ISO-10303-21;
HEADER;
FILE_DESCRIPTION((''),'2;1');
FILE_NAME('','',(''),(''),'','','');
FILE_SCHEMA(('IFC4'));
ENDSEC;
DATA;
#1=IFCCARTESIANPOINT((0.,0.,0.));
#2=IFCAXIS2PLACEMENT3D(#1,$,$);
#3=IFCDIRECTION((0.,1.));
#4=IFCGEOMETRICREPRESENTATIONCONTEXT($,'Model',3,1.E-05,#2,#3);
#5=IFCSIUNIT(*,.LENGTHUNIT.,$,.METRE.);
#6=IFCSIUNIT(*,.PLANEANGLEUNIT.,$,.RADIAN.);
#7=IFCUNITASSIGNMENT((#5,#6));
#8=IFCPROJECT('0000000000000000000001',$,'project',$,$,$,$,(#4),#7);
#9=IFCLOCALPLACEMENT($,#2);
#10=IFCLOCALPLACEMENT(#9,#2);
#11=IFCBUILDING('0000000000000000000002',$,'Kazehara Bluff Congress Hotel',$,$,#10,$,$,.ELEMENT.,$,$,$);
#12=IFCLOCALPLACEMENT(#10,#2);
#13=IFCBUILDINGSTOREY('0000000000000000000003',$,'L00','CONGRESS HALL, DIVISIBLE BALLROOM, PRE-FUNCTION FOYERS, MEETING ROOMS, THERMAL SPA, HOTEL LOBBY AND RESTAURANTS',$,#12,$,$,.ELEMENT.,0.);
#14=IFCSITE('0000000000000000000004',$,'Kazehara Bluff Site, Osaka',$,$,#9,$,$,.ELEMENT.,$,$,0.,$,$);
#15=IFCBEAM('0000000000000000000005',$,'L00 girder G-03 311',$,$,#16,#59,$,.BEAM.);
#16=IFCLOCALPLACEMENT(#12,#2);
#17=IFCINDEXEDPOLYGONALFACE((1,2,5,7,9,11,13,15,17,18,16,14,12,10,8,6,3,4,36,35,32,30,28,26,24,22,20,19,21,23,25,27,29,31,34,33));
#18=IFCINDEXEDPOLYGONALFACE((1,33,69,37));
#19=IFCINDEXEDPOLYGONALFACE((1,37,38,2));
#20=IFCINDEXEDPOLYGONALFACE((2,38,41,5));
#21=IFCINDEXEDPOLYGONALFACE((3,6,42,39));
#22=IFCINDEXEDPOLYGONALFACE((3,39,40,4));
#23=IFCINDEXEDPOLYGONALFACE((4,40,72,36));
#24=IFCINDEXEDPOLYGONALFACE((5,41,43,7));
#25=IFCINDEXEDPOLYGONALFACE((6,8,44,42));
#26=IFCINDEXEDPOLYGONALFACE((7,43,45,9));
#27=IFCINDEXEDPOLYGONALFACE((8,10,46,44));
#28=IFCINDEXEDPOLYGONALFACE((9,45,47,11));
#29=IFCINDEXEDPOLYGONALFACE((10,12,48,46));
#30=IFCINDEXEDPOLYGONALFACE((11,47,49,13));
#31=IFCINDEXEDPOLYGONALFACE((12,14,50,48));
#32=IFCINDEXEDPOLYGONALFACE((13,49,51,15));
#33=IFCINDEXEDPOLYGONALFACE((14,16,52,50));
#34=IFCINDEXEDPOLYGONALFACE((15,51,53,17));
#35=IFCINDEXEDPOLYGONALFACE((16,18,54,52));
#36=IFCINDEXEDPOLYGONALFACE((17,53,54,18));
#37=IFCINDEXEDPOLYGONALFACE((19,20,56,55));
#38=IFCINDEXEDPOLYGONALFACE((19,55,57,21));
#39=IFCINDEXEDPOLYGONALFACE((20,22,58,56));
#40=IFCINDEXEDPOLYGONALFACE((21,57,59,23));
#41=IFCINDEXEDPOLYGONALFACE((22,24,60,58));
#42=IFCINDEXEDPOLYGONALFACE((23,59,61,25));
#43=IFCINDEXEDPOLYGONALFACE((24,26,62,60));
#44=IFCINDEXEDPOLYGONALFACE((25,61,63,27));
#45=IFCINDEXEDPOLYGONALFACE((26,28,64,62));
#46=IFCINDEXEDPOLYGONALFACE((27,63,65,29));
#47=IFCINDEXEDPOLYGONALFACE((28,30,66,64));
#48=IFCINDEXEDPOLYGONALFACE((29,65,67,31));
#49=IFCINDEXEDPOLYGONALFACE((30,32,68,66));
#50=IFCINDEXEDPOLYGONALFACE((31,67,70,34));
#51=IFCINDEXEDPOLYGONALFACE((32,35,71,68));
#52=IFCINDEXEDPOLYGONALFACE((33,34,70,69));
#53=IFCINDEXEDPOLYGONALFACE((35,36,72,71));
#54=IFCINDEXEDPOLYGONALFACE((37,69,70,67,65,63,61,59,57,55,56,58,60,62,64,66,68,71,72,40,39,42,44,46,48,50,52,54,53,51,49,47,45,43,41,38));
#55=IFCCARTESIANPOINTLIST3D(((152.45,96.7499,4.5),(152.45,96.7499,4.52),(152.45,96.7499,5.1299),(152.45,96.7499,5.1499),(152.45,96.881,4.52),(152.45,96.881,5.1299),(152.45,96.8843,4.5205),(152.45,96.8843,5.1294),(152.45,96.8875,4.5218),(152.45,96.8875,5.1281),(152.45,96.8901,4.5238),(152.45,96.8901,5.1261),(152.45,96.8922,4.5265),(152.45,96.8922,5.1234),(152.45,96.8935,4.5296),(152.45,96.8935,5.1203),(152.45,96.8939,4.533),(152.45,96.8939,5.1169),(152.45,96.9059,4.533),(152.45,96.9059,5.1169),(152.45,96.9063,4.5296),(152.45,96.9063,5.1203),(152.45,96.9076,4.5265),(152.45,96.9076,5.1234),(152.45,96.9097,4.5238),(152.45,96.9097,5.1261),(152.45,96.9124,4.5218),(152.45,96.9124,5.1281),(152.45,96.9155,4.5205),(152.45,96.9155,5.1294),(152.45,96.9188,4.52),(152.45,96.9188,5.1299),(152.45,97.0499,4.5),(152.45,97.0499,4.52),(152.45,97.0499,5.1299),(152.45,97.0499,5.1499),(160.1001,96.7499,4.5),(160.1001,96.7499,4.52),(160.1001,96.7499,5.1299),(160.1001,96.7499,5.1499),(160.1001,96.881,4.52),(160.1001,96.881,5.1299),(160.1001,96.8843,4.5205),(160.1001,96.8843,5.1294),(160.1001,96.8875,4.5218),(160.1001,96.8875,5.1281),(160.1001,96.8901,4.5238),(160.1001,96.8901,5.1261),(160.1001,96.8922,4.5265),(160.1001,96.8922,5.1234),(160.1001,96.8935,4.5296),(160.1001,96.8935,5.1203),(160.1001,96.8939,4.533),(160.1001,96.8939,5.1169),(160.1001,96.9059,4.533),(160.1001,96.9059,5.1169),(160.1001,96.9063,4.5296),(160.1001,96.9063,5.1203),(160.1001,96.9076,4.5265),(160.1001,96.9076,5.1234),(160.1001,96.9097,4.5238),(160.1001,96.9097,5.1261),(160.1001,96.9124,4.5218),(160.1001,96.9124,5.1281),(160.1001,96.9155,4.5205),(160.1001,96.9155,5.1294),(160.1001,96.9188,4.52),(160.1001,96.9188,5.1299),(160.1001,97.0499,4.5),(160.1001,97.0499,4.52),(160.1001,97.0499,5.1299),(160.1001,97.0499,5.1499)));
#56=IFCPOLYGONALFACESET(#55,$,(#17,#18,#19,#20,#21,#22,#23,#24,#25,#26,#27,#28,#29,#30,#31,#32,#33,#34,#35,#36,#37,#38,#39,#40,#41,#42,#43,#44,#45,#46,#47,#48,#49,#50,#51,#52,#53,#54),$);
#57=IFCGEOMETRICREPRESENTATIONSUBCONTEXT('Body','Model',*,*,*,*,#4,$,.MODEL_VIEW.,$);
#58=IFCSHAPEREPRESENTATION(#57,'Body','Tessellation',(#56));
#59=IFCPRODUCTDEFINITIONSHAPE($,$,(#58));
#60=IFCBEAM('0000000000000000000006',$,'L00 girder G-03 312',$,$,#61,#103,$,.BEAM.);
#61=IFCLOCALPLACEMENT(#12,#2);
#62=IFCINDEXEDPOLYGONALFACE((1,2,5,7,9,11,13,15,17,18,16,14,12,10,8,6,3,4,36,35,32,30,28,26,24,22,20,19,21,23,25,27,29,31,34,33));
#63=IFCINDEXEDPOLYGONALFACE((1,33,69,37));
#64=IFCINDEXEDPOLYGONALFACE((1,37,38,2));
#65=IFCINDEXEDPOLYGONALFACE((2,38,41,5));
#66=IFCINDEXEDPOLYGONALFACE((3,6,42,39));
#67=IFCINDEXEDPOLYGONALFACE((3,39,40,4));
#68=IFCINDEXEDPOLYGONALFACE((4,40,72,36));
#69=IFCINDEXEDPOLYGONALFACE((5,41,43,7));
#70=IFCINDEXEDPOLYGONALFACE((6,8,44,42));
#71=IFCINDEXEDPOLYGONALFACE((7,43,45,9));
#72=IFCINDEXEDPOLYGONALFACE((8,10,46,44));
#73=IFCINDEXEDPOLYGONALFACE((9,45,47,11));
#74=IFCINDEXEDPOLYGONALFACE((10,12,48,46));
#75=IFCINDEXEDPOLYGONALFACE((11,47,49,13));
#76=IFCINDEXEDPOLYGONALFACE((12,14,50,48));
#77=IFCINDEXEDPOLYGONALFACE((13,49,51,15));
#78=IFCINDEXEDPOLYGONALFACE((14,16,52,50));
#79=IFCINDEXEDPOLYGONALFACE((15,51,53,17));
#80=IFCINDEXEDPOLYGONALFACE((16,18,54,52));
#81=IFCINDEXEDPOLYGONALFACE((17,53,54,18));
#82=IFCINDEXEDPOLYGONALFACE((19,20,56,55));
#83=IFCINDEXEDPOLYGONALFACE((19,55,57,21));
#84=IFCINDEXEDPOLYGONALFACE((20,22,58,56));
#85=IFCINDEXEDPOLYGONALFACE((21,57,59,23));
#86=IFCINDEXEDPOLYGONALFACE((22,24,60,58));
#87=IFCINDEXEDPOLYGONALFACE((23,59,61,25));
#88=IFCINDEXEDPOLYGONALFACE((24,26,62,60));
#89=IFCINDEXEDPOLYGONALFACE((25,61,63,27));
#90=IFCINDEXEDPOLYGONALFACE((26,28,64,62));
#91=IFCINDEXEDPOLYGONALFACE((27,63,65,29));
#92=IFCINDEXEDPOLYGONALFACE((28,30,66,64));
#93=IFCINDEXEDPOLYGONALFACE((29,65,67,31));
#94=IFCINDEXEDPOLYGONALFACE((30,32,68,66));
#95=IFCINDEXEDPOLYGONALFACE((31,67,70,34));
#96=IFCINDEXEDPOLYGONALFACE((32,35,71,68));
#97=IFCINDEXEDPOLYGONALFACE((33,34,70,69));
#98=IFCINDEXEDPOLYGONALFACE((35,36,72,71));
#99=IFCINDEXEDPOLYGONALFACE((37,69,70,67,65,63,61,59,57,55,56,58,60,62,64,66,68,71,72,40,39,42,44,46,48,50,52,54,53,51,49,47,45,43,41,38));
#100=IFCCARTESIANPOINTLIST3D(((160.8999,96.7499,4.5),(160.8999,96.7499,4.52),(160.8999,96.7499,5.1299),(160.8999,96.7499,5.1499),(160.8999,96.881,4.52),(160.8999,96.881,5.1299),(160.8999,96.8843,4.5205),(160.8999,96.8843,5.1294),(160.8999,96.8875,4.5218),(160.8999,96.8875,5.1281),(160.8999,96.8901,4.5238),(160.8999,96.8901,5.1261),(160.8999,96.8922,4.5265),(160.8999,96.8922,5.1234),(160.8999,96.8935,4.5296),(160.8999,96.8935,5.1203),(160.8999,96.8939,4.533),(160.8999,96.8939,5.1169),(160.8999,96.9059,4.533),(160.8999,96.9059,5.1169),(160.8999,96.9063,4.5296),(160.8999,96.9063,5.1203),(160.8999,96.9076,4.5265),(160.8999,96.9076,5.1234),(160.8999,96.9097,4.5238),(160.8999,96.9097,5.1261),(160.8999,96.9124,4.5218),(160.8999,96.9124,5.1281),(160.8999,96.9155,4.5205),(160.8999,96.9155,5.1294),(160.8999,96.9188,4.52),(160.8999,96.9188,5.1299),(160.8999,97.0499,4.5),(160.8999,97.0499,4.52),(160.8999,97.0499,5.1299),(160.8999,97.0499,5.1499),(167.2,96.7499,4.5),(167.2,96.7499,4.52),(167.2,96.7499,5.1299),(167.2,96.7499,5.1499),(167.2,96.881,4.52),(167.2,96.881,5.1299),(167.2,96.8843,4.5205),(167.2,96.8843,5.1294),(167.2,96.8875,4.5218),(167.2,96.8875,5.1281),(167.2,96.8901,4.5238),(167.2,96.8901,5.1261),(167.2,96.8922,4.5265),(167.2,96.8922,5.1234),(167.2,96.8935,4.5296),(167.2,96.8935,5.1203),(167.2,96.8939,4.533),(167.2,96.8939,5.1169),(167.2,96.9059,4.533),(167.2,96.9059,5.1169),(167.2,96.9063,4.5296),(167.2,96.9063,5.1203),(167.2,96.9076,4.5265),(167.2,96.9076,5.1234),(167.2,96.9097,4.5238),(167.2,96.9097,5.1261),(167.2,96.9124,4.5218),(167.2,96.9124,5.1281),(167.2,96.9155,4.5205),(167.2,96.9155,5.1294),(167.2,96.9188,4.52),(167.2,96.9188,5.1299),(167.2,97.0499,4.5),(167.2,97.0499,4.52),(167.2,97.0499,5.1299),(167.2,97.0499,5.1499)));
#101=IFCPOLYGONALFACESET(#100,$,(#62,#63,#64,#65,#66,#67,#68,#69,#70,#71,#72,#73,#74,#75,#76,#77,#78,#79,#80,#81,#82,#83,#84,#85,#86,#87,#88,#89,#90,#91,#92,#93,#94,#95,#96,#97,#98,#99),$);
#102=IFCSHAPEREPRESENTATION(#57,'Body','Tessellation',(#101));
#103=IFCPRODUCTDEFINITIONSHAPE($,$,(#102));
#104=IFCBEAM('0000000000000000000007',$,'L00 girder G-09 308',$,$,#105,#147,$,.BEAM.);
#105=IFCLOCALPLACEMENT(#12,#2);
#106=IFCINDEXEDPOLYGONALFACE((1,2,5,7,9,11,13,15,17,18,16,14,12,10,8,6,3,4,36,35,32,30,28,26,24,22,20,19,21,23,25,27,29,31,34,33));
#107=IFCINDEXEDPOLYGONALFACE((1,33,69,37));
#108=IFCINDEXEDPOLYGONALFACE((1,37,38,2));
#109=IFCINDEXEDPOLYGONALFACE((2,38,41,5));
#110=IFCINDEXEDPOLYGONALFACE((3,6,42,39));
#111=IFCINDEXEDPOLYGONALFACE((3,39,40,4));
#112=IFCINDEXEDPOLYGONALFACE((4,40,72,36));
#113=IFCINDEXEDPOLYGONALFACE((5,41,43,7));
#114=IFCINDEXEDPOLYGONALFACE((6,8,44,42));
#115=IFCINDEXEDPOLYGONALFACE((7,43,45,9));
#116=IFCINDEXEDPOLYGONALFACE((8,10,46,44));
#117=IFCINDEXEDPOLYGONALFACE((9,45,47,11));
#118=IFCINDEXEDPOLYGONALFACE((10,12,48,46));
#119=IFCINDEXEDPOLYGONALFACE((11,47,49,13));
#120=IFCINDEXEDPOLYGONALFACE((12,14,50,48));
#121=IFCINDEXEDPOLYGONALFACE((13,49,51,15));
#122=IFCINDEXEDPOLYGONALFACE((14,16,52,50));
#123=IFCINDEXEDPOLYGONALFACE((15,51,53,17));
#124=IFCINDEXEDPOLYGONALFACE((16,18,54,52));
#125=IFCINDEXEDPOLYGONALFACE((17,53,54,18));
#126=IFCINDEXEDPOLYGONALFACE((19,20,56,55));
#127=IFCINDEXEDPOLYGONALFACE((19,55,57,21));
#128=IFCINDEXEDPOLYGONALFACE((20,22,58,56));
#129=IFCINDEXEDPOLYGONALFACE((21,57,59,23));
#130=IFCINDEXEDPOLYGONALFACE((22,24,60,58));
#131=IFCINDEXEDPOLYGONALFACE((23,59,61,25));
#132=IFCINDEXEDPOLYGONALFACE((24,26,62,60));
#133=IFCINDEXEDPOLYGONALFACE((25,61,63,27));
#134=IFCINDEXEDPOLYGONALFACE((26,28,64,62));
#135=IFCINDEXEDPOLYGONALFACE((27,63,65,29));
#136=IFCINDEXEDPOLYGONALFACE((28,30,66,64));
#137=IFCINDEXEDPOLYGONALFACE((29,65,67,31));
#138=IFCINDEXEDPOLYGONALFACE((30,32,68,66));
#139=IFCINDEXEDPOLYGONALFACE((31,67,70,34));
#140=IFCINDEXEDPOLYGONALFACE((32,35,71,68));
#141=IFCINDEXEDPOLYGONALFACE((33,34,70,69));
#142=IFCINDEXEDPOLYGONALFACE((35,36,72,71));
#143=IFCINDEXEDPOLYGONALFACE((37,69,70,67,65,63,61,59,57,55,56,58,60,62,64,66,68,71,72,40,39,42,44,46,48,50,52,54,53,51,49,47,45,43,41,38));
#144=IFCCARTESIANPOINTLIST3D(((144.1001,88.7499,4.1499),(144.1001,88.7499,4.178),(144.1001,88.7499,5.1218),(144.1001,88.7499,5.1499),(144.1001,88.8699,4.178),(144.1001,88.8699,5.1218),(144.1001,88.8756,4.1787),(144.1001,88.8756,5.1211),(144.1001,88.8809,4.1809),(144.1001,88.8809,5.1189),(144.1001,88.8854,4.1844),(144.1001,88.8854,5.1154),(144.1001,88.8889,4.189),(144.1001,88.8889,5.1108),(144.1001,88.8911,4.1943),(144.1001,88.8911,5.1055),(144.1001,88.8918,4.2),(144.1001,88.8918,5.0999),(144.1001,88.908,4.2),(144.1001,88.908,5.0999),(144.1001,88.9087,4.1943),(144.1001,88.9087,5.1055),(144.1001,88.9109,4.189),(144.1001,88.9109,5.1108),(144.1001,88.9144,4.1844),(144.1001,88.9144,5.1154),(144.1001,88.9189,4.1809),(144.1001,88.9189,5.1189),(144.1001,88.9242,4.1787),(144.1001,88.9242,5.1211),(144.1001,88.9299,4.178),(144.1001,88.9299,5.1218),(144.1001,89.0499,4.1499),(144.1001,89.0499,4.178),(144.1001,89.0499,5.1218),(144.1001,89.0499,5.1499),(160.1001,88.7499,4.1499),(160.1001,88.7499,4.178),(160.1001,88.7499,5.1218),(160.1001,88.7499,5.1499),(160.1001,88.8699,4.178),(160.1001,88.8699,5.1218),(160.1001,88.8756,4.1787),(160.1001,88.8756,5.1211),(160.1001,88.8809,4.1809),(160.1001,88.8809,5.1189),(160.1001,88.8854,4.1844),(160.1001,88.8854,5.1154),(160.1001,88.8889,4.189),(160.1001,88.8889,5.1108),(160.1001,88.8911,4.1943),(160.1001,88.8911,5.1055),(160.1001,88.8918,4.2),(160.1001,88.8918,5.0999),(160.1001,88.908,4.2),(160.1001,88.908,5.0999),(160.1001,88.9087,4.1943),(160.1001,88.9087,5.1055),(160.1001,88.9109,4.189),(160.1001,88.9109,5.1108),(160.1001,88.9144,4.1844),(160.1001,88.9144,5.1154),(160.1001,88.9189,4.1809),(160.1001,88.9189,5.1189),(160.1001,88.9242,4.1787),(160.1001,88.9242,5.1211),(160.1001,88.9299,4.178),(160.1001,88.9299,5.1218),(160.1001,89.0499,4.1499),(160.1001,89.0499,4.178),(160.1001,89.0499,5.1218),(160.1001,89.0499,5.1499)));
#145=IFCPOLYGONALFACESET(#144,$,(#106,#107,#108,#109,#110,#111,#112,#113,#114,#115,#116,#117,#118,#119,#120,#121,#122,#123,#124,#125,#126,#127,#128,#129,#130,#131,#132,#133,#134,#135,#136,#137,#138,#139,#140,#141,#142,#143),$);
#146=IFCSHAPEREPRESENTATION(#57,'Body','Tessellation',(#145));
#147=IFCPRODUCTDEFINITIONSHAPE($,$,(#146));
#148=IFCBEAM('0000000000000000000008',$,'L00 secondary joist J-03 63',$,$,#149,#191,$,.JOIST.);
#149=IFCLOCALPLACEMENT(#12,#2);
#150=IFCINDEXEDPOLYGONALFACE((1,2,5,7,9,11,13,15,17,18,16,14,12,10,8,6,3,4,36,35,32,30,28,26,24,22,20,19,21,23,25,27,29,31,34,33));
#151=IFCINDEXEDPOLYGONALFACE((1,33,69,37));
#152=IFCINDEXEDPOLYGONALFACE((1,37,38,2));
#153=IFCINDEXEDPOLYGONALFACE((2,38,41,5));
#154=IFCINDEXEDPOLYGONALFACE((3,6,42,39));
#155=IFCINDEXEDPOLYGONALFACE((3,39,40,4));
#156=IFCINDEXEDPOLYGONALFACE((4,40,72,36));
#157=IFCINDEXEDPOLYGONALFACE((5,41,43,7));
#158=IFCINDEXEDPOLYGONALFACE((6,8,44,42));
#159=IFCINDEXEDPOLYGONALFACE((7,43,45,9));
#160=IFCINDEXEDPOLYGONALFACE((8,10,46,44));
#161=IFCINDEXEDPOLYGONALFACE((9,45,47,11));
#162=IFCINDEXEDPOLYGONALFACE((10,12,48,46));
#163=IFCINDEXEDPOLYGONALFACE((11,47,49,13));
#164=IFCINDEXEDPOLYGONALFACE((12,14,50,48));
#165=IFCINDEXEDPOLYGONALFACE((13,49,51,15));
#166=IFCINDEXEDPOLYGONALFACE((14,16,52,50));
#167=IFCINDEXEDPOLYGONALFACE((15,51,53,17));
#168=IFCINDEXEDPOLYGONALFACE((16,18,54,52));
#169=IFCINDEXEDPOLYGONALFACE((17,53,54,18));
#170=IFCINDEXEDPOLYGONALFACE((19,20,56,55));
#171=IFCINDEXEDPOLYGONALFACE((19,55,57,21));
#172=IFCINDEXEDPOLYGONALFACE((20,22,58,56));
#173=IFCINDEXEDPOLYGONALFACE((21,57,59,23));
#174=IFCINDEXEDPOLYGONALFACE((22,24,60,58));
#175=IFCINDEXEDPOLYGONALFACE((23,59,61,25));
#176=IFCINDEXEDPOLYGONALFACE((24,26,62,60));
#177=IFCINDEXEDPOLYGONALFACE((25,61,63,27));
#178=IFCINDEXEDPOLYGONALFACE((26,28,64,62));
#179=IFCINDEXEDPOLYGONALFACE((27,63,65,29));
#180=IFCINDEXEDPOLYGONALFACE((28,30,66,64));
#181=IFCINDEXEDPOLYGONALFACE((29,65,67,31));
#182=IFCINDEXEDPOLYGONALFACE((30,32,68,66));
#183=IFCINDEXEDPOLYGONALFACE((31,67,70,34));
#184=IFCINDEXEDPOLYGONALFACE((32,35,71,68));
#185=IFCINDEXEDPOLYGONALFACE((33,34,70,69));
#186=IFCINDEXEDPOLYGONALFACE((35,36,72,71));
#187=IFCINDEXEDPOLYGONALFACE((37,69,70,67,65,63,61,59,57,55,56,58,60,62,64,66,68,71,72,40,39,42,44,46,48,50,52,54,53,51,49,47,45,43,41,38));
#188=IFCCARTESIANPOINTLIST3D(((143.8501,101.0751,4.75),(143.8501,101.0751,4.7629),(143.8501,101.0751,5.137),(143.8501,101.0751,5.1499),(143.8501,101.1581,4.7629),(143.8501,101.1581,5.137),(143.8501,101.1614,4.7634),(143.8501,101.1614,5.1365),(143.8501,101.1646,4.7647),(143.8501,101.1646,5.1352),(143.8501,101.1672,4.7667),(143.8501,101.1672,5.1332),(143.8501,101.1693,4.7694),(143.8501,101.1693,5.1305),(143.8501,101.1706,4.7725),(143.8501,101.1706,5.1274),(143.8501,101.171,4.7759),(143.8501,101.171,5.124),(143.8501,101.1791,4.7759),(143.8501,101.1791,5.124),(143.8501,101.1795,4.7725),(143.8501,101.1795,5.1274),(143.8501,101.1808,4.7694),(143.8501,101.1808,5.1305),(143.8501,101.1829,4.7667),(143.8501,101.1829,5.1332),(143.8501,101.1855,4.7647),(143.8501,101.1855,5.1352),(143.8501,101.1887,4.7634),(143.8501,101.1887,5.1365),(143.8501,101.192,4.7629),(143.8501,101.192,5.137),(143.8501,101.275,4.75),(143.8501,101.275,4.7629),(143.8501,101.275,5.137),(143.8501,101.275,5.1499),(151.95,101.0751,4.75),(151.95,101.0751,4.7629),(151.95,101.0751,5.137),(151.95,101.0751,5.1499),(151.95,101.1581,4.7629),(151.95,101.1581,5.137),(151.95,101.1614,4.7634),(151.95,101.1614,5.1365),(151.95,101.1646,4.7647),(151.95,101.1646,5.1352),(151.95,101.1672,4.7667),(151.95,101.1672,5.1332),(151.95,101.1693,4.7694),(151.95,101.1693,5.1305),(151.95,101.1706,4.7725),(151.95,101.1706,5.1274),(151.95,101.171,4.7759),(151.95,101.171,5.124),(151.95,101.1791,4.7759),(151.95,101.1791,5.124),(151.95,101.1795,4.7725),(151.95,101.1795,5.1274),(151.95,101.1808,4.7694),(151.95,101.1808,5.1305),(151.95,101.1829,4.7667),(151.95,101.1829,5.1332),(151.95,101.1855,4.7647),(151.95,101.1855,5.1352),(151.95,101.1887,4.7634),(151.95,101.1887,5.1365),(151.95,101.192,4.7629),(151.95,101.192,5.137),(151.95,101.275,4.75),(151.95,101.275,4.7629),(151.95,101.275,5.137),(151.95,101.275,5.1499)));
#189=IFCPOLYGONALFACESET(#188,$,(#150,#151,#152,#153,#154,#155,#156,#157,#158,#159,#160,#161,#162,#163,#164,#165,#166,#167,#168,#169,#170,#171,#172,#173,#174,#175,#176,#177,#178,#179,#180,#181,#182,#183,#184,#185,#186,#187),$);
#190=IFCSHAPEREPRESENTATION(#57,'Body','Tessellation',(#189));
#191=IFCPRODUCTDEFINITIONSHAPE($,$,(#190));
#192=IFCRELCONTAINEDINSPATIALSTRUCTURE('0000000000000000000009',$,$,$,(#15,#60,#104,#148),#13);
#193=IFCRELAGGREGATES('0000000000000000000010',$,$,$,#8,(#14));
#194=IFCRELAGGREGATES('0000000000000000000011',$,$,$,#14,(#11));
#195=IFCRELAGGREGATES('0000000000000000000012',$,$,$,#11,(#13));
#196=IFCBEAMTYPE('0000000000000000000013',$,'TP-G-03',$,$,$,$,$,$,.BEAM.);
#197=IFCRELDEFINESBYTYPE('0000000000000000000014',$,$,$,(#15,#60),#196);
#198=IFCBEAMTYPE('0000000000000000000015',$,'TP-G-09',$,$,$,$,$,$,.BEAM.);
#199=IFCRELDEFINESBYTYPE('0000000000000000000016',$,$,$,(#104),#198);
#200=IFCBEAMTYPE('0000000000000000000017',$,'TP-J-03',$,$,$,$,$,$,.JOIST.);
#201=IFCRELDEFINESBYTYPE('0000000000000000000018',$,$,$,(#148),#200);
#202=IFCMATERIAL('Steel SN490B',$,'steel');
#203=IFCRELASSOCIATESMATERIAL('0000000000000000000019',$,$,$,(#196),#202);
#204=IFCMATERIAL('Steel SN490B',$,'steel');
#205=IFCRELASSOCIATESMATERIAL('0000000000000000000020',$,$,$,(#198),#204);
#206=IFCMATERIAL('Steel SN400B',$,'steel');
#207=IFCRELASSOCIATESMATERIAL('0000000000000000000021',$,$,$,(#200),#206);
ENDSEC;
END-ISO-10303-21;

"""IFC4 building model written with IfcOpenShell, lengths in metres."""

from ifc_helpers import new_model, si_unit, direction, frame, origin, origin_2d, place, context, subcontext, project, spatial, i_section, extrude, material, material_profile, profile_set, type_object, element, save


model = new_model("IFC4")

# Units and contexts
model_context = context("Model", 3, precision=1e-05, world=origin(), true_north=direction((0.0, 1.0)))
body_context = subcontext(model_context, "Body", "Model", "MODEL_VIEW")
ifc_project = project(units=[si_unit("LENGTHUNIT", "METRE"), si_unit("PLANEANGLEUNIT", "RADIAN")], contexts=[model_context])

# Site, building, storey
site_placement = place(None, origin())
site = spatial("IfcSite", under=ifc_project, at=site_placement, Name="Kazehara Bluff Site, Osaka", CompositionType="ELEMENT", RefElevation=0.0)
building_placement = place(site_placement, origin())
building = spatial("IfcBuilding", under=site, at=building_placement, Name="Kazehara Bluff Congress Hotel", CompositionType="ELEMENT")
storey_placement = place(building_placement, origin())
storey = spatial("IfcBuildingStorey", under=building, at=storey_placement, Name="L00", Description="CONGRESS HALL, DIVISIBLE BALLROOM, PRE-FUNCTION FOYERS, MEETING ROOMS, THERMAL SPA, HOTEL LOBBY AND RESTAURANTS", CompositionType="ELEMENT", Elevation=0.0)

# Beams
ifc_material_1 = material(Name="Steel SN490B", Category="steel")
ifc_material_profile_1 = material_profile(ifc_material_1, i_section(OverallWidth=0.3, OverallDepth=0.6499, WebThickness=0.012, FlangeThickness=0.02, FilletRadius=0.0129, at=origin_2d()))
ifc_profile_set_1 = profile_set([ifc_material_profile_1], Name="Steel SN490B")
beam_type_1 = type_object("IfcBeamType", Name="TP-G-03", PredefinedType="BEAM", material=ifc_profile_set_1)
beam_1_placement = place(storey_placement, frame((152.45, 96.8999, 4.825), z_axis=(1.0, 0.0, 0.0), x_axis=(0.0, 1.0, 0.0)))
element("IfcBeam", 1, at=beam_1_placement, inside=storey, type_object=beam_type_1, Name="L00 girder G-03 311", PredefinedType="BEAM", context=body_context, shape_type="SweptSolid", body=[
    extrude(i_section(OverallWidth=0.3, OverallDepth=0.6499, WebThickness=0.012, FlangeThickness=0.02, FilletRadius=0.0129, at=origin_2d()), origin(), (0.0, 0.0, 1.0), 7.6501),
])
beam_2_placement = place(storey_placement, frame((160.8999, 96.8999, 4.825), z_axis=(1.0, 0.0, 0.0), x_axis=(0.0, 1.0, 0.0)))
element("IfcBeam", 2, at=beam_2_placement, inside=storey, type_object=beam_type_1, Name="L00 girder G-03 312", PredefinedType="BEAM", context=body_context, shape_type="SweptSolid", body=[
    extrude(i_section(OverallWidth=0.3, OverallDepth=0.6499, WebThickness=0.012, FlangeThickness=0.02, FilletRadius=0.0129, at=origin_2d()), origin(), (0.0, 0.0, 1.0), 6.3),
])
ifc_material_2 = material(Name="Steel SN490B", Category="steel")
ifc_material_profile_2 = material_profile(ifc_material_2, i_section(OverallWidth=0.3, OverallDepth=1.0, WebThickness=0.0161, FlangeThickness=0.0281, FilletRadius=0.022, at=origin_2d()))
ifc_profile_set_2 = profile_set([ifc_material_profile_2], Name="Steel SN490B")
beam_type_2 = type_object("IfcBeamType", Name="TP-G-09", PredefinedType="BEAM", material=ifc_profile_set_2)
beam_3_placement = place(storey_placement, frame((144.1001, 88.8999, 4.6499), z_axis=(1.0, 0.0, 0.0), x_axis=(0.0, 1.0, 0.0)))
element("IfcBeam", 3, at=beam_3_placement, inside=storey, type_object=beam_type_2, Name="L00 girder G-09 308", PredefinedType="BEAM", context=body_context, shape_type="SweptSolid", body=[
    extrude(i_section(OverallWidth=0.3, OverallDepth=1.0, WebThickness=0.0161, FlangeThickness=0.0281, FilletRadius=0.022, at=origin_2d()), origin(), (0.0, 0.0, 1.0), 16.0),
])
ifc_material_3 = material(Name="Steel SN400B", Category="steel")
ifc_material_profile_3 = material_profile(ifc_material_3, i_section(OverallWidth=0.2, OverallDepth=0.3999, WebThickness=0.0081, FlangeThickness=0.0129, FilletRadius=0.0129, at=origin_2d()))
ifc_profile_set_3 = profile_set([ifc_material_profile_3], Name="Steel SN400B")
beam_type_3 = type_object("IfcBeamType", Name="TP-J-03", PredefinedType="JOIST", material=ifc_profile_set_3)
beam_4_placement = place(storey_placement, frame((143.8501, 101.175, 4.95), z_axis=(1.0, 0.0, 0.0), x_axis=(0.0, 1.0, 0.0)))
element("IfcBeam", 4, at=beam_4_placement, inside=storey, type_object=beam_type_3, Name="L00 secondary joist J-03 63", PredefinedType="JOIST", context=body_context, shape_type="SweptSolid", body=[
    extrude(i_section(OverallWidth=0.2, OverallDepth=0.3999, WebThickness=0.0081, FlangeThickness=0.0129, FilletRadius=0.0129, at=origin_2d()), origin(), (0.0, 0.0, 1.0), 8.0999),
])

save(model, "model.ifc")
